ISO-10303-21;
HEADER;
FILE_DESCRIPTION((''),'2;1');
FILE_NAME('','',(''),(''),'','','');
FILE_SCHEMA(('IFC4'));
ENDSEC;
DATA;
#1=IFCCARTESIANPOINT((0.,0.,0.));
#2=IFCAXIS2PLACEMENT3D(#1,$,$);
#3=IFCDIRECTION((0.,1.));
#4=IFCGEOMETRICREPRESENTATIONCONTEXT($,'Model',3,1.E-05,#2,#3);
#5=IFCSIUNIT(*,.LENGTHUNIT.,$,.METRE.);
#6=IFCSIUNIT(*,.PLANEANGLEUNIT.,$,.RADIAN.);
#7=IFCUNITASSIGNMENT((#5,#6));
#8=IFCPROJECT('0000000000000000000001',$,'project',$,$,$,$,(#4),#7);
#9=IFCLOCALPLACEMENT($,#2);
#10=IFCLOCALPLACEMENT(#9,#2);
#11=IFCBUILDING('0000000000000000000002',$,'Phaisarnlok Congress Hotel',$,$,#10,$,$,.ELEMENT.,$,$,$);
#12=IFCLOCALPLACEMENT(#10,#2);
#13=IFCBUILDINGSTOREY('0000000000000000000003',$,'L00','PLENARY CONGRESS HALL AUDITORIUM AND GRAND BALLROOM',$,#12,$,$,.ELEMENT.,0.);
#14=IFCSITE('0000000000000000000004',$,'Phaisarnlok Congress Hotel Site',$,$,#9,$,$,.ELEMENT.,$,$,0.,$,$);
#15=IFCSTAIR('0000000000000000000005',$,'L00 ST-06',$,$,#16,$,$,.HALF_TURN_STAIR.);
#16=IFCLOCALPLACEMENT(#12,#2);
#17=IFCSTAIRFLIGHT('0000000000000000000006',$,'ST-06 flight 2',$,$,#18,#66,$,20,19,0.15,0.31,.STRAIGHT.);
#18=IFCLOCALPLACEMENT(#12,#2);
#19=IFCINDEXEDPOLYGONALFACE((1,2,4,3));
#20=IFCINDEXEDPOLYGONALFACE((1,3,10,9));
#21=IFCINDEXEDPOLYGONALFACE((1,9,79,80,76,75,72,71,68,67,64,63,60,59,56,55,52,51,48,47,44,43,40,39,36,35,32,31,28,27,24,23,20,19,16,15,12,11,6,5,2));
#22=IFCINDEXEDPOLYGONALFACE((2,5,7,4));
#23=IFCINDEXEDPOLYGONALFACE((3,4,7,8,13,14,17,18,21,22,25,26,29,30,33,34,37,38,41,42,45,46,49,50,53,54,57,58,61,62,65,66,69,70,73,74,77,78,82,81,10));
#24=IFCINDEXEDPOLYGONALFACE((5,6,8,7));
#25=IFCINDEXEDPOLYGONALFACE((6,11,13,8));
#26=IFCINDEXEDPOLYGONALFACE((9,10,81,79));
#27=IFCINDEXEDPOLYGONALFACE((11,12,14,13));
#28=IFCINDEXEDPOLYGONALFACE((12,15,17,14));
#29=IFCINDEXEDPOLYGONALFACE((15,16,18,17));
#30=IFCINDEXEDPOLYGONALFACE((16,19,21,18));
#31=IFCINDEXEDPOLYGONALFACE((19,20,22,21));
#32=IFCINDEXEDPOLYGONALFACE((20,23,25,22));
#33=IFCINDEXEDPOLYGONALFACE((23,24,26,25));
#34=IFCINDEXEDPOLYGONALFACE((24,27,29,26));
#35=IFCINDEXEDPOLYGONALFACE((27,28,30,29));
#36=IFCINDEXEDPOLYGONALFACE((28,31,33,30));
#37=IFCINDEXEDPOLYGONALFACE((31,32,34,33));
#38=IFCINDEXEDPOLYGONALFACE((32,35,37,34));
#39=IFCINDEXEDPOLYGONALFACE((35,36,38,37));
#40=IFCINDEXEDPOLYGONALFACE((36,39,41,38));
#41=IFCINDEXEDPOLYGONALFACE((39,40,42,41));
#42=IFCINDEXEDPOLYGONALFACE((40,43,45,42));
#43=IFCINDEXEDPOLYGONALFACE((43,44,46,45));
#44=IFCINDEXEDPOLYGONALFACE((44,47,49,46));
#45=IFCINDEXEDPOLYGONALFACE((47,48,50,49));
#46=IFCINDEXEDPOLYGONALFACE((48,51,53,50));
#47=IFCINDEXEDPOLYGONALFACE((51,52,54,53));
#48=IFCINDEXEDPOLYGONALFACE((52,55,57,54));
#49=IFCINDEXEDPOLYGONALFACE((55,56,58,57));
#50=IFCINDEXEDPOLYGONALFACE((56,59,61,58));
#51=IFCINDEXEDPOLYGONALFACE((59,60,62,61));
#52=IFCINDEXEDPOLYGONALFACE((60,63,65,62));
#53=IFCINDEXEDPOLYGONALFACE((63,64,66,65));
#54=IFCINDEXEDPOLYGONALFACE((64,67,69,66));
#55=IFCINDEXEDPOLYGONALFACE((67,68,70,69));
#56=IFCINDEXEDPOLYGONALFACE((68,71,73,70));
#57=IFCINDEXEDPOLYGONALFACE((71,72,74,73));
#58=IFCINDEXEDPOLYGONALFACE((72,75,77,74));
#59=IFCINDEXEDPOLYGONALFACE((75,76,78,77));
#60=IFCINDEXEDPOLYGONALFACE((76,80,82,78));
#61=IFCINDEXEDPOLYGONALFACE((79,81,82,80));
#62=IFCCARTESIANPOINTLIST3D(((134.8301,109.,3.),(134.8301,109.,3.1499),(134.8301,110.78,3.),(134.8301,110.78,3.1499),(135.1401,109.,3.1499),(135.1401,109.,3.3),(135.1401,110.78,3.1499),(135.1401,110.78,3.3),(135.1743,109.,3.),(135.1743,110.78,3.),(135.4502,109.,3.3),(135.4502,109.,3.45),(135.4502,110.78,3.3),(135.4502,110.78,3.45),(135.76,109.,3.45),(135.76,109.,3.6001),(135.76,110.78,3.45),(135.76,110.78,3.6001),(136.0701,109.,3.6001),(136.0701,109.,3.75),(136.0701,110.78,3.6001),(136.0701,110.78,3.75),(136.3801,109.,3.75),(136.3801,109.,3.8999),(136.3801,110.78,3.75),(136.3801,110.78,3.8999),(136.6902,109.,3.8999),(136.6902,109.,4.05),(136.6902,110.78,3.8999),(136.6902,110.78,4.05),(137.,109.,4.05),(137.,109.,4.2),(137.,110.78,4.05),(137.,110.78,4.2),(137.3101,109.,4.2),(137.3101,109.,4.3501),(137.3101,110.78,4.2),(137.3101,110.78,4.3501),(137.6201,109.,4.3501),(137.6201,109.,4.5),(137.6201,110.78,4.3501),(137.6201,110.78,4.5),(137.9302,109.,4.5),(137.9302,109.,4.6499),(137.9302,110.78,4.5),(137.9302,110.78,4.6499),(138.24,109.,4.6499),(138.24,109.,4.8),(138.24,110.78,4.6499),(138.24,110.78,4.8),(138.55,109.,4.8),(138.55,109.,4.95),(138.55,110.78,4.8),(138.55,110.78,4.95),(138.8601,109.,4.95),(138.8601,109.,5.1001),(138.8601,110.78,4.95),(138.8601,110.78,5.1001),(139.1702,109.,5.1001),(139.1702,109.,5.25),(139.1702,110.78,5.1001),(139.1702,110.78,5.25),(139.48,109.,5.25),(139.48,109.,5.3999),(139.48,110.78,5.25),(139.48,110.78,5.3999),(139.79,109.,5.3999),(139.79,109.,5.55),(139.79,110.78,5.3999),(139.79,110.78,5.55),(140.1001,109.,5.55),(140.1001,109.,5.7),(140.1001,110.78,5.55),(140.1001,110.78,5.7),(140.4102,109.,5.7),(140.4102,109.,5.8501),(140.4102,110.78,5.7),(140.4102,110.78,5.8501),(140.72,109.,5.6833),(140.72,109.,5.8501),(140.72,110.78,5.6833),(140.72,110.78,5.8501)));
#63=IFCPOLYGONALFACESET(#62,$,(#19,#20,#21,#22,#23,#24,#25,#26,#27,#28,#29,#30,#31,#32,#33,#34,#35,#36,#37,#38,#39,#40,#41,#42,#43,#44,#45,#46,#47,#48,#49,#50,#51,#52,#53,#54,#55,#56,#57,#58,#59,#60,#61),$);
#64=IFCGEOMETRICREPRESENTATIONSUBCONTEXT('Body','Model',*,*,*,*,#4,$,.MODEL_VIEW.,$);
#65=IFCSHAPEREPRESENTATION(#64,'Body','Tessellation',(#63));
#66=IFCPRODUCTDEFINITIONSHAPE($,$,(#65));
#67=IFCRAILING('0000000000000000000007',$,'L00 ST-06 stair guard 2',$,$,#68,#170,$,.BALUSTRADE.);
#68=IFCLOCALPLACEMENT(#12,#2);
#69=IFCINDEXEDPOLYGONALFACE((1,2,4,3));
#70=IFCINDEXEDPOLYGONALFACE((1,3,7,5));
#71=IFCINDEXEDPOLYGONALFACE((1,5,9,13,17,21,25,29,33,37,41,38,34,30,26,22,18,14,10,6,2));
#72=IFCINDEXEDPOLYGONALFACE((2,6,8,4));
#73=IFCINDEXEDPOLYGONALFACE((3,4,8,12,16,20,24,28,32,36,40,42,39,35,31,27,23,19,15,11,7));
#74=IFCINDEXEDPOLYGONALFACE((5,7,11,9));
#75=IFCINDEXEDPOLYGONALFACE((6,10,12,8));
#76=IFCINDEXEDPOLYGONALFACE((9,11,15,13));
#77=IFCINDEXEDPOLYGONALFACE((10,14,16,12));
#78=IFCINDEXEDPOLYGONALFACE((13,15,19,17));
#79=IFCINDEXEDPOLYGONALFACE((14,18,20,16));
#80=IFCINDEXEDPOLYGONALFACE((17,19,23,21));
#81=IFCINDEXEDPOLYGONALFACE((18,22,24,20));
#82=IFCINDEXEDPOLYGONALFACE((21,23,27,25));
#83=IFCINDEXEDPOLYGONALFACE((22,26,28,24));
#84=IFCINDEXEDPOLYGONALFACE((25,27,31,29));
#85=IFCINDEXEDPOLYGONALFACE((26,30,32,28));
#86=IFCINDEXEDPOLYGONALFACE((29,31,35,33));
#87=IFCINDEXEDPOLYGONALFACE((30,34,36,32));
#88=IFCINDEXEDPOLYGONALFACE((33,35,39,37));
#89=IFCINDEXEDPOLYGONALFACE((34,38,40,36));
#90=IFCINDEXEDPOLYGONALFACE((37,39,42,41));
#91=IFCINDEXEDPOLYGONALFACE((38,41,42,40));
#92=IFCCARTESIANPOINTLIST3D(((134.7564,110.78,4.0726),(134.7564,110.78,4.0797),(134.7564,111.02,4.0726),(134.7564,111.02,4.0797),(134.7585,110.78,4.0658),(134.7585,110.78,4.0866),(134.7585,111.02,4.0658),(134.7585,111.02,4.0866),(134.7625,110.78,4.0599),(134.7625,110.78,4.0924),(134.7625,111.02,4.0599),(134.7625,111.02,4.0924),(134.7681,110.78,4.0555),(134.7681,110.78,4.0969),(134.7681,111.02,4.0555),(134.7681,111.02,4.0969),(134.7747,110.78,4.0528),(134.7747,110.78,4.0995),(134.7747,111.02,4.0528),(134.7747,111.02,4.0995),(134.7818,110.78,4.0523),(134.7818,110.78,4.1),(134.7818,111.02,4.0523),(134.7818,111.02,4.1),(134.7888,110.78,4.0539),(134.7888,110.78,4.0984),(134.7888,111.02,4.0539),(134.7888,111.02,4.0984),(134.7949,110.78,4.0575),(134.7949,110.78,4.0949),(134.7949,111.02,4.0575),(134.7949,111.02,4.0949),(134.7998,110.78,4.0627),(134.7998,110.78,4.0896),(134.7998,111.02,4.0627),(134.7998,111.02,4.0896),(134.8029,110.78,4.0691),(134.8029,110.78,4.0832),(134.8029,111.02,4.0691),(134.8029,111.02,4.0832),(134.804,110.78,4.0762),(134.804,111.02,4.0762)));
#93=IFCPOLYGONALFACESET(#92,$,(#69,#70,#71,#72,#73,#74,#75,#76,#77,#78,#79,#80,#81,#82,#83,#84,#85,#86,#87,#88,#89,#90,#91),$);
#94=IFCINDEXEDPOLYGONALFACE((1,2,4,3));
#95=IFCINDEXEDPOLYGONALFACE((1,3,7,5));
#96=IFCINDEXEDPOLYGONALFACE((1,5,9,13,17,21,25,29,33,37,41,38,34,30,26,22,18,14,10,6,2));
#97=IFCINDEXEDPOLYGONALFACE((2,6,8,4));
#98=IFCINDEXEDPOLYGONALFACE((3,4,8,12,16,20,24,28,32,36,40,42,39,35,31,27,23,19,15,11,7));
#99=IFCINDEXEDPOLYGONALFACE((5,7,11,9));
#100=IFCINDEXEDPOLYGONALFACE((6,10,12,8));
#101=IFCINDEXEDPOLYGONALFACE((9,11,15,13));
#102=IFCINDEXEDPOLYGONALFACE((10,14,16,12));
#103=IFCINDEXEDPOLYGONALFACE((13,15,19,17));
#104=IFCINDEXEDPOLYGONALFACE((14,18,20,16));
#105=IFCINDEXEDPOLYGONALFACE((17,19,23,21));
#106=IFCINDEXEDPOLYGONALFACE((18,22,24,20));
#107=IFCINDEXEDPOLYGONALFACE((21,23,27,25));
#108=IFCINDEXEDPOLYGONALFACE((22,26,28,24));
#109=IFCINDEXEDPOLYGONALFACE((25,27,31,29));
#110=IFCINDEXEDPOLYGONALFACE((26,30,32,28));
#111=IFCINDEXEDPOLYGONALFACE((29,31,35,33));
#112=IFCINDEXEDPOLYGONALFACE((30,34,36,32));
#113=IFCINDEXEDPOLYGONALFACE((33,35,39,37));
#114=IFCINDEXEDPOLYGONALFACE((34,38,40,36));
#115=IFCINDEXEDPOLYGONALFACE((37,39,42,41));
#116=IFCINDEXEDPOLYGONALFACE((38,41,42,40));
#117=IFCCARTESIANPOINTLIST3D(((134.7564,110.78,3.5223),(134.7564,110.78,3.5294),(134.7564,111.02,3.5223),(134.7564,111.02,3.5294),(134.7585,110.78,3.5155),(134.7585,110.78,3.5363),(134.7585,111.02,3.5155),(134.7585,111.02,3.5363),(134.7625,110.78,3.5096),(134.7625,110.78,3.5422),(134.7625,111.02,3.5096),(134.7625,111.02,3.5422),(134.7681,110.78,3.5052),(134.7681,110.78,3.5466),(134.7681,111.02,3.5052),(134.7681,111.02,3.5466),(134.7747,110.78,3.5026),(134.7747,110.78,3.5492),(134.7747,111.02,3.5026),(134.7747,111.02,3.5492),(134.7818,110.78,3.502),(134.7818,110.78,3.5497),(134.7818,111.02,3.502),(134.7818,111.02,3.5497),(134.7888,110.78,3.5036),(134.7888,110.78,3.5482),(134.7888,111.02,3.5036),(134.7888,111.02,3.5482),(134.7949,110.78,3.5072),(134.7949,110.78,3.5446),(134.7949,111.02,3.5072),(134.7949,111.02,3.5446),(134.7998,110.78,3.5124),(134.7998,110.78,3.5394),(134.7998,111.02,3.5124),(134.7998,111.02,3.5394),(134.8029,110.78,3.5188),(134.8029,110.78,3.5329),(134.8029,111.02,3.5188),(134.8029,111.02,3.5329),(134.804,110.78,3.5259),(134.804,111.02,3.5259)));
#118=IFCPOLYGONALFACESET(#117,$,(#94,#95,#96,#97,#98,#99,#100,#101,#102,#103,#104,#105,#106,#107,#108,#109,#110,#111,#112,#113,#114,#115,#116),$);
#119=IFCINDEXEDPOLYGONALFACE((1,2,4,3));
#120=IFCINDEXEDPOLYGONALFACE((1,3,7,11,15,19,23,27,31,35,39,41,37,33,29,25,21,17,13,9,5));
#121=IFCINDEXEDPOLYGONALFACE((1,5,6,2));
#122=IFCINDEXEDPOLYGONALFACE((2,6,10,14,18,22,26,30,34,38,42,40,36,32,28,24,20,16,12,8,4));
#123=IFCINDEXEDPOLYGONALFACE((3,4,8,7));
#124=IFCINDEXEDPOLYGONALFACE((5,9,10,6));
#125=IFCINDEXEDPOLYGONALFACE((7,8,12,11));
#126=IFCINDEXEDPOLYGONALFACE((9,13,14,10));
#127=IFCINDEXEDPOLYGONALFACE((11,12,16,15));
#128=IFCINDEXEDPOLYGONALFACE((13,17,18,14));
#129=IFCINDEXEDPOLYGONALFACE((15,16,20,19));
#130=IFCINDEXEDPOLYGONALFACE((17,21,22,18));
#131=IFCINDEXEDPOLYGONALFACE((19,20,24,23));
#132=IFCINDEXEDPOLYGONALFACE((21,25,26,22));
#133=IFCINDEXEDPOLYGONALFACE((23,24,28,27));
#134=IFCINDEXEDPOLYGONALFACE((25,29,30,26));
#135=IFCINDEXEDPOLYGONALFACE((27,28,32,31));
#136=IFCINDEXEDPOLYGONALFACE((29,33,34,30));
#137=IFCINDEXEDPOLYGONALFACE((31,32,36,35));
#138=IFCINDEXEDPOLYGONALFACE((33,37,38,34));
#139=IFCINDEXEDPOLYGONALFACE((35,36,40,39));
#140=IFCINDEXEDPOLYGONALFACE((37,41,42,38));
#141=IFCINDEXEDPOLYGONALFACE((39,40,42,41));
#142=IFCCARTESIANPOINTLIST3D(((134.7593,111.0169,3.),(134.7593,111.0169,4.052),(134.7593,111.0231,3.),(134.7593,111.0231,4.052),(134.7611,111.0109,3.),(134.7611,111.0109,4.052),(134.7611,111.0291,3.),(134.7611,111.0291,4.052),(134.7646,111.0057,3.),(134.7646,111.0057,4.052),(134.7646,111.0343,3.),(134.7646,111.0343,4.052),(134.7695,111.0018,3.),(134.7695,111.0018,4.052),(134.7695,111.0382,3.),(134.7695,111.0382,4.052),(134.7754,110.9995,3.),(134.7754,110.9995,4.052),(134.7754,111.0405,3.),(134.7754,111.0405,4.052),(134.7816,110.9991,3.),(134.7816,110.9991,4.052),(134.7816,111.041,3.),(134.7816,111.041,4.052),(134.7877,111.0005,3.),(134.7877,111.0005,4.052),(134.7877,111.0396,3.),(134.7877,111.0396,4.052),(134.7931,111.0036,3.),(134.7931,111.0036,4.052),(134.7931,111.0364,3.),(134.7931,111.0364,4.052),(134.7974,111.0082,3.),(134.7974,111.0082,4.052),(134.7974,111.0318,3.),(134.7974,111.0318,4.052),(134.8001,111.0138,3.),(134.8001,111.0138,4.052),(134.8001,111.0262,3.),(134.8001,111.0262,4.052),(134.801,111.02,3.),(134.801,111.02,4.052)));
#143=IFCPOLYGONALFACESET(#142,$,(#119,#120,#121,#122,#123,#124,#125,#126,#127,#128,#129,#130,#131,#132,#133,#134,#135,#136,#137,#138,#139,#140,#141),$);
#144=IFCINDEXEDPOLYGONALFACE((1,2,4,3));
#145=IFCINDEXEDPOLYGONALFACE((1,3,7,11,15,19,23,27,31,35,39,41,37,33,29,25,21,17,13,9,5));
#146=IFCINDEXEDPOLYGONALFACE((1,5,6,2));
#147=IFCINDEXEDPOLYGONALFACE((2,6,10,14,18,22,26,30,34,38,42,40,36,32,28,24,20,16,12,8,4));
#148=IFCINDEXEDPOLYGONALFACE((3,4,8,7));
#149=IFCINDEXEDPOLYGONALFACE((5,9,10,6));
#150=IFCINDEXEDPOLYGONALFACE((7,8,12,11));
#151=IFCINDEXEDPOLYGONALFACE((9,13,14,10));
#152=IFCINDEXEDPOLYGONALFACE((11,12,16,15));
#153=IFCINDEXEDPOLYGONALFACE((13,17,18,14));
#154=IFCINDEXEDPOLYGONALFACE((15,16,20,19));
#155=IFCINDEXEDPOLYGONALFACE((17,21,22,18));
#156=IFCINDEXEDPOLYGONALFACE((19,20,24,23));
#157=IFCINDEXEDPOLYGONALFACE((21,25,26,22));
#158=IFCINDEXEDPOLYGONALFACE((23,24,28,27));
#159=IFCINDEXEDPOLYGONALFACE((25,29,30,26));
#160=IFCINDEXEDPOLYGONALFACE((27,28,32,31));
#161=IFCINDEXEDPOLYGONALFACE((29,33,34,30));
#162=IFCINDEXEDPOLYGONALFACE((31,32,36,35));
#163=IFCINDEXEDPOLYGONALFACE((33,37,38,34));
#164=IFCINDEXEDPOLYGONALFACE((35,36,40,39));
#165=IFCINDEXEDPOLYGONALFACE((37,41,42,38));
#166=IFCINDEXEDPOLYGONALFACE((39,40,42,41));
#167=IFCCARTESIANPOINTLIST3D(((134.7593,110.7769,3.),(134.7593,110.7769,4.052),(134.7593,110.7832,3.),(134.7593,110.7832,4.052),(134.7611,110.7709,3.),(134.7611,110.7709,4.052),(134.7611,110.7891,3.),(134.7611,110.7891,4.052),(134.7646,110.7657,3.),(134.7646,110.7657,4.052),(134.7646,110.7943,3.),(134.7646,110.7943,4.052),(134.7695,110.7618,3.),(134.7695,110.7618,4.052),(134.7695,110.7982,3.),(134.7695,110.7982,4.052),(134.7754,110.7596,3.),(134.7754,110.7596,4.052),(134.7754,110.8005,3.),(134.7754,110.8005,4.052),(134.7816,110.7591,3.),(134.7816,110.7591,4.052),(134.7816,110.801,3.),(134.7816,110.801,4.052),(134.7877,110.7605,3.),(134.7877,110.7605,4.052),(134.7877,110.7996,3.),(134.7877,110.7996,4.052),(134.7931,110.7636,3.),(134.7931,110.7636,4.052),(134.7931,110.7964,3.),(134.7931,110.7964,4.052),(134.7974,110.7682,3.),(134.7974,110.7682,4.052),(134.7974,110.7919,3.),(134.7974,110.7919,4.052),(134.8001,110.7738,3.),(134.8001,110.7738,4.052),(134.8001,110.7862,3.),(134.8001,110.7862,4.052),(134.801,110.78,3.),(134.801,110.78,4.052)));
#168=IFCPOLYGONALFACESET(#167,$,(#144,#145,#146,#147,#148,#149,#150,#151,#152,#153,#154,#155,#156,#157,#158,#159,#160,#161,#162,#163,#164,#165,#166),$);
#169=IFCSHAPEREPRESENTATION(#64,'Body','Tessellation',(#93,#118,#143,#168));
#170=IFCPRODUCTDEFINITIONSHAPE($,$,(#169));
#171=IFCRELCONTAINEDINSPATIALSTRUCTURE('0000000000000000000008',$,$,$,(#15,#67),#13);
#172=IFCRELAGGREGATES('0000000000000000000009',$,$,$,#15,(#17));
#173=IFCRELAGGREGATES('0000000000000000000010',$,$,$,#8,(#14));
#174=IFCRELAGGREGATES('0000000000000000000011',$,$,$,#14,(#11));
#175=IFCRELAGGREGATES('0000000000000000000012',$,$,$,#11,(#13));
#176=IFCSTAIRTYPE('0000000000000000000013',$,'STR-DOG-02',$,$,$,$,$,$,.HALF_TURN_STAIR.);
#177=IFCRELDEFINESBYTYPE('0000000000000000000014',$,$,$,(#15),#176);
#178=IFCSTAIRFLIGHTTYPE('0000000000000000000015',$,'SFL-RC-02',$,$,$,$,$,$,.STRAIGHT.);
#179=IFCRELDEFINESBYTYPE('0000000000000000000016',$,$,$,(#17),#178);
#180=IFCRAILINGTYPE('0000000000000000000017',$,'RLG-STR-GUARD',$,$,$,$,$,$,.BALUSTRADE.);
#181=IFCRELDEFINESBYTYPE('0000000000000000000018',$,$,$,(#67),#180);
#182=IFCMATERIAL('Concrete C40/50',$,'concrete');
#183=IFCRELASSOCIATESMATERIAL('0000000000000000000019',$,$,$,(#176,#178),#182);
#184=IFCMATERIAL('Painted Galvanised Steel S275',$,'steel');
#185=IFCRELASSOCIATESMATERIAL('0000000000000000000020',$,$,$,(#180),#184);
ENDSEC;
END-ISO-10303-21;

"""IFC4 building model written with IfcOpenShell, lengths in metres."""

from ifc_helpers import new_model, si_unit, direction, frame, origin, origin_2d, place, context, subcontext, project, spatial, polyline, circle, outline, extrude, material, type_object, element, aggregate, save


model = new_model("IFC4")

# Units and contexts
model_context = context("Model", 3, precision=1e-05, world=origin(), true_north=direction((0.0, 1.0)))
body_context = subcontext(model_context, "Body", "Model", "MODEL_VIEW")
ifc_project = project(units=[si_unit("LENGTHUNIT", "METRE"), si_unit("PLANEANGLEUNIT", "RADIAN")], contexts=[model_context])

# Site, building, storey
site_placement = place(None, origin())
site = spatial("IfcSite", under=ifc_project, at=site_placement, Name="Phaisarnlok Congress Hotel Site", CompositionType="ELEMENT", RefElevation=0.0)
building_placement = place(site_placement, origin())
building = spatial("IfcBuilding", under=site, at=building_placement, Name="Phaisarnlok Congress Hotel", CompositionType="ELEMENT")
storey_placement = place(building_placement, origin())
storey = spatial("IfcBuildingStorey", under=building, at=storey_placement, Name="L00", Description="PLENARY CONGRESS HALL AUDITORIUM AND GRAND BALLROOM", CompositionType="ELEMENT", Elevation=0.0)

# Shared definitions
ifc_material_1 = material(Name="Concrete C40/50", Category="concrete")

# Stair, stair flight
stair_type = type_object("IfcStairType", Name="STR-DOG-02", PredefinedType="HALF_TURN_STAIR", material=ifc_material_1)
stair_placement = place(storey_placement, origin())
stair = element("IfcStair", 1, at=stair_placement, inside=storey, type_object=stair_type, Name="L00 ST-06", PredefinedType="HALF_TURN_STAIR")
stair_flight_type = type_object("IfcStairFlightType", Name="SFL-RC-02", PredefinedType="STRAIGHT", material=ifc_material_1)
stair_flight_1_placement = place(storey_placement, frame((134.8301, 109.8899, 3.0), z_axis=(0.0, 0.0, 1.0), x_axis=(1.0, 0.0, 0.0)))
stair_flight_1 = element("IfcStairFlight", 2, at=stair_flight_1_placement, type_object=stair_flight_type, Name="ST-06 flight 2", NumberOfRisers=20, NumberOfTreads=19, PredefinedType="STRAIGHT", RiserHeight=0.15, TreadLength=0.31, context=body_context, shape_type="SweptSolid", body=[
    extrude(outline(polyline([(0.0, 0.0), (0.0, 0.1499), (0.3101, 0.1499), (0.3101, 0.3), (0.6201, 0.3), (0.6201, 0.45), (0.9299, 0.45), (0.9299, 0.6001), (1.24, 0.6001), (1.24, 0.75), (1.55, 0.75), (1.55, 0.8999), (1.8601, 0.8999), (1.8601, 1.05), (2.1699, 1.05), (2.1699, 1.2), (2.48, 1.2), (2.48, 1.3501), (2.79, 1.3501), (2.79, 1.5), (3.1001, 1.5), (3.1001, 1.6499), (3.4099, 1.6499), (3.4099, 1.8), (3.72, 1.8), (3.72, 1.95), (4.03, 1.95), (4.03, 2.1001), (4.3401, 2.1001), (4.3401, 2.25), (4.6499, 2.25), (4.6499, 2.3999), (4.96, 2.3999), (4.96, 2.55), (5.27, 2.55), (5.27, 2.7), (5.5801, 2.7), (5.5801, 2.8501), (5.8899, 2.8501), (5.8899, 3.0), (5.8899, 2.6833), (0.3442, 0.0), (0.0, 0.0)])), frame((0.0, 0.8901, 0.0), z_axis=(0.0, -1.0, 0.0), x_axis=(1.0, 0.0, 0.0)), (0.0, 0.0, 1.0), 1.78),
])
aggregate(stair, [stair_flight_1])

# Railing
ifc_material_2 = material(Name="Painted Galvanised Steel S275", Category="steel")
railing_type_1 = type_object("IfcRailingType", Name="RLG-STR-GUARD", PredefinedType="BALUSTRADE", material=ifc_material_2)
railing_1_placement = place(storey_placement, frame((134.78, 111.02, 3.0)))
element("IfcRailing", 3, at=railing_1_placement, inside=storey, type_object=railing_type_1, Name="L00 ST-06 stair guard 2", PredefinedType="BALUSTRADE", context=body_context, shape_type="SweptSolid", body=[
    extrude(circle(Radius=0.0239, at=origin_2d()), frame((0.0, 0.0, 1.0762), z_axis=(0.0, -1.0, 0.0), x_axis=(1.0, 0.0, 0.0)), (0.0, 0.0, 1.0), 0.24),
    extrude(circle(Radius=0.0239, at=origin_2d()), frame((0.0, 0.0, 0.5259), z_axis=(0.0, -1.0, 0.0), x_axis=(1.0, 0.0, 0.0)), (0.0, 0.0, 1.0), 0.24),
    extrude(circle(Radius=0.021, at=origin_2d()), origin(), (0.0, 0.0, 1.0), 1.052),
    extrude(circle(Radius=0.021, at=origin_2d()), frame((0.0, -0.24, 0.0)), (0.0, 0.0, 1.0), 1.052),
])

save(model, "model.ifc")
